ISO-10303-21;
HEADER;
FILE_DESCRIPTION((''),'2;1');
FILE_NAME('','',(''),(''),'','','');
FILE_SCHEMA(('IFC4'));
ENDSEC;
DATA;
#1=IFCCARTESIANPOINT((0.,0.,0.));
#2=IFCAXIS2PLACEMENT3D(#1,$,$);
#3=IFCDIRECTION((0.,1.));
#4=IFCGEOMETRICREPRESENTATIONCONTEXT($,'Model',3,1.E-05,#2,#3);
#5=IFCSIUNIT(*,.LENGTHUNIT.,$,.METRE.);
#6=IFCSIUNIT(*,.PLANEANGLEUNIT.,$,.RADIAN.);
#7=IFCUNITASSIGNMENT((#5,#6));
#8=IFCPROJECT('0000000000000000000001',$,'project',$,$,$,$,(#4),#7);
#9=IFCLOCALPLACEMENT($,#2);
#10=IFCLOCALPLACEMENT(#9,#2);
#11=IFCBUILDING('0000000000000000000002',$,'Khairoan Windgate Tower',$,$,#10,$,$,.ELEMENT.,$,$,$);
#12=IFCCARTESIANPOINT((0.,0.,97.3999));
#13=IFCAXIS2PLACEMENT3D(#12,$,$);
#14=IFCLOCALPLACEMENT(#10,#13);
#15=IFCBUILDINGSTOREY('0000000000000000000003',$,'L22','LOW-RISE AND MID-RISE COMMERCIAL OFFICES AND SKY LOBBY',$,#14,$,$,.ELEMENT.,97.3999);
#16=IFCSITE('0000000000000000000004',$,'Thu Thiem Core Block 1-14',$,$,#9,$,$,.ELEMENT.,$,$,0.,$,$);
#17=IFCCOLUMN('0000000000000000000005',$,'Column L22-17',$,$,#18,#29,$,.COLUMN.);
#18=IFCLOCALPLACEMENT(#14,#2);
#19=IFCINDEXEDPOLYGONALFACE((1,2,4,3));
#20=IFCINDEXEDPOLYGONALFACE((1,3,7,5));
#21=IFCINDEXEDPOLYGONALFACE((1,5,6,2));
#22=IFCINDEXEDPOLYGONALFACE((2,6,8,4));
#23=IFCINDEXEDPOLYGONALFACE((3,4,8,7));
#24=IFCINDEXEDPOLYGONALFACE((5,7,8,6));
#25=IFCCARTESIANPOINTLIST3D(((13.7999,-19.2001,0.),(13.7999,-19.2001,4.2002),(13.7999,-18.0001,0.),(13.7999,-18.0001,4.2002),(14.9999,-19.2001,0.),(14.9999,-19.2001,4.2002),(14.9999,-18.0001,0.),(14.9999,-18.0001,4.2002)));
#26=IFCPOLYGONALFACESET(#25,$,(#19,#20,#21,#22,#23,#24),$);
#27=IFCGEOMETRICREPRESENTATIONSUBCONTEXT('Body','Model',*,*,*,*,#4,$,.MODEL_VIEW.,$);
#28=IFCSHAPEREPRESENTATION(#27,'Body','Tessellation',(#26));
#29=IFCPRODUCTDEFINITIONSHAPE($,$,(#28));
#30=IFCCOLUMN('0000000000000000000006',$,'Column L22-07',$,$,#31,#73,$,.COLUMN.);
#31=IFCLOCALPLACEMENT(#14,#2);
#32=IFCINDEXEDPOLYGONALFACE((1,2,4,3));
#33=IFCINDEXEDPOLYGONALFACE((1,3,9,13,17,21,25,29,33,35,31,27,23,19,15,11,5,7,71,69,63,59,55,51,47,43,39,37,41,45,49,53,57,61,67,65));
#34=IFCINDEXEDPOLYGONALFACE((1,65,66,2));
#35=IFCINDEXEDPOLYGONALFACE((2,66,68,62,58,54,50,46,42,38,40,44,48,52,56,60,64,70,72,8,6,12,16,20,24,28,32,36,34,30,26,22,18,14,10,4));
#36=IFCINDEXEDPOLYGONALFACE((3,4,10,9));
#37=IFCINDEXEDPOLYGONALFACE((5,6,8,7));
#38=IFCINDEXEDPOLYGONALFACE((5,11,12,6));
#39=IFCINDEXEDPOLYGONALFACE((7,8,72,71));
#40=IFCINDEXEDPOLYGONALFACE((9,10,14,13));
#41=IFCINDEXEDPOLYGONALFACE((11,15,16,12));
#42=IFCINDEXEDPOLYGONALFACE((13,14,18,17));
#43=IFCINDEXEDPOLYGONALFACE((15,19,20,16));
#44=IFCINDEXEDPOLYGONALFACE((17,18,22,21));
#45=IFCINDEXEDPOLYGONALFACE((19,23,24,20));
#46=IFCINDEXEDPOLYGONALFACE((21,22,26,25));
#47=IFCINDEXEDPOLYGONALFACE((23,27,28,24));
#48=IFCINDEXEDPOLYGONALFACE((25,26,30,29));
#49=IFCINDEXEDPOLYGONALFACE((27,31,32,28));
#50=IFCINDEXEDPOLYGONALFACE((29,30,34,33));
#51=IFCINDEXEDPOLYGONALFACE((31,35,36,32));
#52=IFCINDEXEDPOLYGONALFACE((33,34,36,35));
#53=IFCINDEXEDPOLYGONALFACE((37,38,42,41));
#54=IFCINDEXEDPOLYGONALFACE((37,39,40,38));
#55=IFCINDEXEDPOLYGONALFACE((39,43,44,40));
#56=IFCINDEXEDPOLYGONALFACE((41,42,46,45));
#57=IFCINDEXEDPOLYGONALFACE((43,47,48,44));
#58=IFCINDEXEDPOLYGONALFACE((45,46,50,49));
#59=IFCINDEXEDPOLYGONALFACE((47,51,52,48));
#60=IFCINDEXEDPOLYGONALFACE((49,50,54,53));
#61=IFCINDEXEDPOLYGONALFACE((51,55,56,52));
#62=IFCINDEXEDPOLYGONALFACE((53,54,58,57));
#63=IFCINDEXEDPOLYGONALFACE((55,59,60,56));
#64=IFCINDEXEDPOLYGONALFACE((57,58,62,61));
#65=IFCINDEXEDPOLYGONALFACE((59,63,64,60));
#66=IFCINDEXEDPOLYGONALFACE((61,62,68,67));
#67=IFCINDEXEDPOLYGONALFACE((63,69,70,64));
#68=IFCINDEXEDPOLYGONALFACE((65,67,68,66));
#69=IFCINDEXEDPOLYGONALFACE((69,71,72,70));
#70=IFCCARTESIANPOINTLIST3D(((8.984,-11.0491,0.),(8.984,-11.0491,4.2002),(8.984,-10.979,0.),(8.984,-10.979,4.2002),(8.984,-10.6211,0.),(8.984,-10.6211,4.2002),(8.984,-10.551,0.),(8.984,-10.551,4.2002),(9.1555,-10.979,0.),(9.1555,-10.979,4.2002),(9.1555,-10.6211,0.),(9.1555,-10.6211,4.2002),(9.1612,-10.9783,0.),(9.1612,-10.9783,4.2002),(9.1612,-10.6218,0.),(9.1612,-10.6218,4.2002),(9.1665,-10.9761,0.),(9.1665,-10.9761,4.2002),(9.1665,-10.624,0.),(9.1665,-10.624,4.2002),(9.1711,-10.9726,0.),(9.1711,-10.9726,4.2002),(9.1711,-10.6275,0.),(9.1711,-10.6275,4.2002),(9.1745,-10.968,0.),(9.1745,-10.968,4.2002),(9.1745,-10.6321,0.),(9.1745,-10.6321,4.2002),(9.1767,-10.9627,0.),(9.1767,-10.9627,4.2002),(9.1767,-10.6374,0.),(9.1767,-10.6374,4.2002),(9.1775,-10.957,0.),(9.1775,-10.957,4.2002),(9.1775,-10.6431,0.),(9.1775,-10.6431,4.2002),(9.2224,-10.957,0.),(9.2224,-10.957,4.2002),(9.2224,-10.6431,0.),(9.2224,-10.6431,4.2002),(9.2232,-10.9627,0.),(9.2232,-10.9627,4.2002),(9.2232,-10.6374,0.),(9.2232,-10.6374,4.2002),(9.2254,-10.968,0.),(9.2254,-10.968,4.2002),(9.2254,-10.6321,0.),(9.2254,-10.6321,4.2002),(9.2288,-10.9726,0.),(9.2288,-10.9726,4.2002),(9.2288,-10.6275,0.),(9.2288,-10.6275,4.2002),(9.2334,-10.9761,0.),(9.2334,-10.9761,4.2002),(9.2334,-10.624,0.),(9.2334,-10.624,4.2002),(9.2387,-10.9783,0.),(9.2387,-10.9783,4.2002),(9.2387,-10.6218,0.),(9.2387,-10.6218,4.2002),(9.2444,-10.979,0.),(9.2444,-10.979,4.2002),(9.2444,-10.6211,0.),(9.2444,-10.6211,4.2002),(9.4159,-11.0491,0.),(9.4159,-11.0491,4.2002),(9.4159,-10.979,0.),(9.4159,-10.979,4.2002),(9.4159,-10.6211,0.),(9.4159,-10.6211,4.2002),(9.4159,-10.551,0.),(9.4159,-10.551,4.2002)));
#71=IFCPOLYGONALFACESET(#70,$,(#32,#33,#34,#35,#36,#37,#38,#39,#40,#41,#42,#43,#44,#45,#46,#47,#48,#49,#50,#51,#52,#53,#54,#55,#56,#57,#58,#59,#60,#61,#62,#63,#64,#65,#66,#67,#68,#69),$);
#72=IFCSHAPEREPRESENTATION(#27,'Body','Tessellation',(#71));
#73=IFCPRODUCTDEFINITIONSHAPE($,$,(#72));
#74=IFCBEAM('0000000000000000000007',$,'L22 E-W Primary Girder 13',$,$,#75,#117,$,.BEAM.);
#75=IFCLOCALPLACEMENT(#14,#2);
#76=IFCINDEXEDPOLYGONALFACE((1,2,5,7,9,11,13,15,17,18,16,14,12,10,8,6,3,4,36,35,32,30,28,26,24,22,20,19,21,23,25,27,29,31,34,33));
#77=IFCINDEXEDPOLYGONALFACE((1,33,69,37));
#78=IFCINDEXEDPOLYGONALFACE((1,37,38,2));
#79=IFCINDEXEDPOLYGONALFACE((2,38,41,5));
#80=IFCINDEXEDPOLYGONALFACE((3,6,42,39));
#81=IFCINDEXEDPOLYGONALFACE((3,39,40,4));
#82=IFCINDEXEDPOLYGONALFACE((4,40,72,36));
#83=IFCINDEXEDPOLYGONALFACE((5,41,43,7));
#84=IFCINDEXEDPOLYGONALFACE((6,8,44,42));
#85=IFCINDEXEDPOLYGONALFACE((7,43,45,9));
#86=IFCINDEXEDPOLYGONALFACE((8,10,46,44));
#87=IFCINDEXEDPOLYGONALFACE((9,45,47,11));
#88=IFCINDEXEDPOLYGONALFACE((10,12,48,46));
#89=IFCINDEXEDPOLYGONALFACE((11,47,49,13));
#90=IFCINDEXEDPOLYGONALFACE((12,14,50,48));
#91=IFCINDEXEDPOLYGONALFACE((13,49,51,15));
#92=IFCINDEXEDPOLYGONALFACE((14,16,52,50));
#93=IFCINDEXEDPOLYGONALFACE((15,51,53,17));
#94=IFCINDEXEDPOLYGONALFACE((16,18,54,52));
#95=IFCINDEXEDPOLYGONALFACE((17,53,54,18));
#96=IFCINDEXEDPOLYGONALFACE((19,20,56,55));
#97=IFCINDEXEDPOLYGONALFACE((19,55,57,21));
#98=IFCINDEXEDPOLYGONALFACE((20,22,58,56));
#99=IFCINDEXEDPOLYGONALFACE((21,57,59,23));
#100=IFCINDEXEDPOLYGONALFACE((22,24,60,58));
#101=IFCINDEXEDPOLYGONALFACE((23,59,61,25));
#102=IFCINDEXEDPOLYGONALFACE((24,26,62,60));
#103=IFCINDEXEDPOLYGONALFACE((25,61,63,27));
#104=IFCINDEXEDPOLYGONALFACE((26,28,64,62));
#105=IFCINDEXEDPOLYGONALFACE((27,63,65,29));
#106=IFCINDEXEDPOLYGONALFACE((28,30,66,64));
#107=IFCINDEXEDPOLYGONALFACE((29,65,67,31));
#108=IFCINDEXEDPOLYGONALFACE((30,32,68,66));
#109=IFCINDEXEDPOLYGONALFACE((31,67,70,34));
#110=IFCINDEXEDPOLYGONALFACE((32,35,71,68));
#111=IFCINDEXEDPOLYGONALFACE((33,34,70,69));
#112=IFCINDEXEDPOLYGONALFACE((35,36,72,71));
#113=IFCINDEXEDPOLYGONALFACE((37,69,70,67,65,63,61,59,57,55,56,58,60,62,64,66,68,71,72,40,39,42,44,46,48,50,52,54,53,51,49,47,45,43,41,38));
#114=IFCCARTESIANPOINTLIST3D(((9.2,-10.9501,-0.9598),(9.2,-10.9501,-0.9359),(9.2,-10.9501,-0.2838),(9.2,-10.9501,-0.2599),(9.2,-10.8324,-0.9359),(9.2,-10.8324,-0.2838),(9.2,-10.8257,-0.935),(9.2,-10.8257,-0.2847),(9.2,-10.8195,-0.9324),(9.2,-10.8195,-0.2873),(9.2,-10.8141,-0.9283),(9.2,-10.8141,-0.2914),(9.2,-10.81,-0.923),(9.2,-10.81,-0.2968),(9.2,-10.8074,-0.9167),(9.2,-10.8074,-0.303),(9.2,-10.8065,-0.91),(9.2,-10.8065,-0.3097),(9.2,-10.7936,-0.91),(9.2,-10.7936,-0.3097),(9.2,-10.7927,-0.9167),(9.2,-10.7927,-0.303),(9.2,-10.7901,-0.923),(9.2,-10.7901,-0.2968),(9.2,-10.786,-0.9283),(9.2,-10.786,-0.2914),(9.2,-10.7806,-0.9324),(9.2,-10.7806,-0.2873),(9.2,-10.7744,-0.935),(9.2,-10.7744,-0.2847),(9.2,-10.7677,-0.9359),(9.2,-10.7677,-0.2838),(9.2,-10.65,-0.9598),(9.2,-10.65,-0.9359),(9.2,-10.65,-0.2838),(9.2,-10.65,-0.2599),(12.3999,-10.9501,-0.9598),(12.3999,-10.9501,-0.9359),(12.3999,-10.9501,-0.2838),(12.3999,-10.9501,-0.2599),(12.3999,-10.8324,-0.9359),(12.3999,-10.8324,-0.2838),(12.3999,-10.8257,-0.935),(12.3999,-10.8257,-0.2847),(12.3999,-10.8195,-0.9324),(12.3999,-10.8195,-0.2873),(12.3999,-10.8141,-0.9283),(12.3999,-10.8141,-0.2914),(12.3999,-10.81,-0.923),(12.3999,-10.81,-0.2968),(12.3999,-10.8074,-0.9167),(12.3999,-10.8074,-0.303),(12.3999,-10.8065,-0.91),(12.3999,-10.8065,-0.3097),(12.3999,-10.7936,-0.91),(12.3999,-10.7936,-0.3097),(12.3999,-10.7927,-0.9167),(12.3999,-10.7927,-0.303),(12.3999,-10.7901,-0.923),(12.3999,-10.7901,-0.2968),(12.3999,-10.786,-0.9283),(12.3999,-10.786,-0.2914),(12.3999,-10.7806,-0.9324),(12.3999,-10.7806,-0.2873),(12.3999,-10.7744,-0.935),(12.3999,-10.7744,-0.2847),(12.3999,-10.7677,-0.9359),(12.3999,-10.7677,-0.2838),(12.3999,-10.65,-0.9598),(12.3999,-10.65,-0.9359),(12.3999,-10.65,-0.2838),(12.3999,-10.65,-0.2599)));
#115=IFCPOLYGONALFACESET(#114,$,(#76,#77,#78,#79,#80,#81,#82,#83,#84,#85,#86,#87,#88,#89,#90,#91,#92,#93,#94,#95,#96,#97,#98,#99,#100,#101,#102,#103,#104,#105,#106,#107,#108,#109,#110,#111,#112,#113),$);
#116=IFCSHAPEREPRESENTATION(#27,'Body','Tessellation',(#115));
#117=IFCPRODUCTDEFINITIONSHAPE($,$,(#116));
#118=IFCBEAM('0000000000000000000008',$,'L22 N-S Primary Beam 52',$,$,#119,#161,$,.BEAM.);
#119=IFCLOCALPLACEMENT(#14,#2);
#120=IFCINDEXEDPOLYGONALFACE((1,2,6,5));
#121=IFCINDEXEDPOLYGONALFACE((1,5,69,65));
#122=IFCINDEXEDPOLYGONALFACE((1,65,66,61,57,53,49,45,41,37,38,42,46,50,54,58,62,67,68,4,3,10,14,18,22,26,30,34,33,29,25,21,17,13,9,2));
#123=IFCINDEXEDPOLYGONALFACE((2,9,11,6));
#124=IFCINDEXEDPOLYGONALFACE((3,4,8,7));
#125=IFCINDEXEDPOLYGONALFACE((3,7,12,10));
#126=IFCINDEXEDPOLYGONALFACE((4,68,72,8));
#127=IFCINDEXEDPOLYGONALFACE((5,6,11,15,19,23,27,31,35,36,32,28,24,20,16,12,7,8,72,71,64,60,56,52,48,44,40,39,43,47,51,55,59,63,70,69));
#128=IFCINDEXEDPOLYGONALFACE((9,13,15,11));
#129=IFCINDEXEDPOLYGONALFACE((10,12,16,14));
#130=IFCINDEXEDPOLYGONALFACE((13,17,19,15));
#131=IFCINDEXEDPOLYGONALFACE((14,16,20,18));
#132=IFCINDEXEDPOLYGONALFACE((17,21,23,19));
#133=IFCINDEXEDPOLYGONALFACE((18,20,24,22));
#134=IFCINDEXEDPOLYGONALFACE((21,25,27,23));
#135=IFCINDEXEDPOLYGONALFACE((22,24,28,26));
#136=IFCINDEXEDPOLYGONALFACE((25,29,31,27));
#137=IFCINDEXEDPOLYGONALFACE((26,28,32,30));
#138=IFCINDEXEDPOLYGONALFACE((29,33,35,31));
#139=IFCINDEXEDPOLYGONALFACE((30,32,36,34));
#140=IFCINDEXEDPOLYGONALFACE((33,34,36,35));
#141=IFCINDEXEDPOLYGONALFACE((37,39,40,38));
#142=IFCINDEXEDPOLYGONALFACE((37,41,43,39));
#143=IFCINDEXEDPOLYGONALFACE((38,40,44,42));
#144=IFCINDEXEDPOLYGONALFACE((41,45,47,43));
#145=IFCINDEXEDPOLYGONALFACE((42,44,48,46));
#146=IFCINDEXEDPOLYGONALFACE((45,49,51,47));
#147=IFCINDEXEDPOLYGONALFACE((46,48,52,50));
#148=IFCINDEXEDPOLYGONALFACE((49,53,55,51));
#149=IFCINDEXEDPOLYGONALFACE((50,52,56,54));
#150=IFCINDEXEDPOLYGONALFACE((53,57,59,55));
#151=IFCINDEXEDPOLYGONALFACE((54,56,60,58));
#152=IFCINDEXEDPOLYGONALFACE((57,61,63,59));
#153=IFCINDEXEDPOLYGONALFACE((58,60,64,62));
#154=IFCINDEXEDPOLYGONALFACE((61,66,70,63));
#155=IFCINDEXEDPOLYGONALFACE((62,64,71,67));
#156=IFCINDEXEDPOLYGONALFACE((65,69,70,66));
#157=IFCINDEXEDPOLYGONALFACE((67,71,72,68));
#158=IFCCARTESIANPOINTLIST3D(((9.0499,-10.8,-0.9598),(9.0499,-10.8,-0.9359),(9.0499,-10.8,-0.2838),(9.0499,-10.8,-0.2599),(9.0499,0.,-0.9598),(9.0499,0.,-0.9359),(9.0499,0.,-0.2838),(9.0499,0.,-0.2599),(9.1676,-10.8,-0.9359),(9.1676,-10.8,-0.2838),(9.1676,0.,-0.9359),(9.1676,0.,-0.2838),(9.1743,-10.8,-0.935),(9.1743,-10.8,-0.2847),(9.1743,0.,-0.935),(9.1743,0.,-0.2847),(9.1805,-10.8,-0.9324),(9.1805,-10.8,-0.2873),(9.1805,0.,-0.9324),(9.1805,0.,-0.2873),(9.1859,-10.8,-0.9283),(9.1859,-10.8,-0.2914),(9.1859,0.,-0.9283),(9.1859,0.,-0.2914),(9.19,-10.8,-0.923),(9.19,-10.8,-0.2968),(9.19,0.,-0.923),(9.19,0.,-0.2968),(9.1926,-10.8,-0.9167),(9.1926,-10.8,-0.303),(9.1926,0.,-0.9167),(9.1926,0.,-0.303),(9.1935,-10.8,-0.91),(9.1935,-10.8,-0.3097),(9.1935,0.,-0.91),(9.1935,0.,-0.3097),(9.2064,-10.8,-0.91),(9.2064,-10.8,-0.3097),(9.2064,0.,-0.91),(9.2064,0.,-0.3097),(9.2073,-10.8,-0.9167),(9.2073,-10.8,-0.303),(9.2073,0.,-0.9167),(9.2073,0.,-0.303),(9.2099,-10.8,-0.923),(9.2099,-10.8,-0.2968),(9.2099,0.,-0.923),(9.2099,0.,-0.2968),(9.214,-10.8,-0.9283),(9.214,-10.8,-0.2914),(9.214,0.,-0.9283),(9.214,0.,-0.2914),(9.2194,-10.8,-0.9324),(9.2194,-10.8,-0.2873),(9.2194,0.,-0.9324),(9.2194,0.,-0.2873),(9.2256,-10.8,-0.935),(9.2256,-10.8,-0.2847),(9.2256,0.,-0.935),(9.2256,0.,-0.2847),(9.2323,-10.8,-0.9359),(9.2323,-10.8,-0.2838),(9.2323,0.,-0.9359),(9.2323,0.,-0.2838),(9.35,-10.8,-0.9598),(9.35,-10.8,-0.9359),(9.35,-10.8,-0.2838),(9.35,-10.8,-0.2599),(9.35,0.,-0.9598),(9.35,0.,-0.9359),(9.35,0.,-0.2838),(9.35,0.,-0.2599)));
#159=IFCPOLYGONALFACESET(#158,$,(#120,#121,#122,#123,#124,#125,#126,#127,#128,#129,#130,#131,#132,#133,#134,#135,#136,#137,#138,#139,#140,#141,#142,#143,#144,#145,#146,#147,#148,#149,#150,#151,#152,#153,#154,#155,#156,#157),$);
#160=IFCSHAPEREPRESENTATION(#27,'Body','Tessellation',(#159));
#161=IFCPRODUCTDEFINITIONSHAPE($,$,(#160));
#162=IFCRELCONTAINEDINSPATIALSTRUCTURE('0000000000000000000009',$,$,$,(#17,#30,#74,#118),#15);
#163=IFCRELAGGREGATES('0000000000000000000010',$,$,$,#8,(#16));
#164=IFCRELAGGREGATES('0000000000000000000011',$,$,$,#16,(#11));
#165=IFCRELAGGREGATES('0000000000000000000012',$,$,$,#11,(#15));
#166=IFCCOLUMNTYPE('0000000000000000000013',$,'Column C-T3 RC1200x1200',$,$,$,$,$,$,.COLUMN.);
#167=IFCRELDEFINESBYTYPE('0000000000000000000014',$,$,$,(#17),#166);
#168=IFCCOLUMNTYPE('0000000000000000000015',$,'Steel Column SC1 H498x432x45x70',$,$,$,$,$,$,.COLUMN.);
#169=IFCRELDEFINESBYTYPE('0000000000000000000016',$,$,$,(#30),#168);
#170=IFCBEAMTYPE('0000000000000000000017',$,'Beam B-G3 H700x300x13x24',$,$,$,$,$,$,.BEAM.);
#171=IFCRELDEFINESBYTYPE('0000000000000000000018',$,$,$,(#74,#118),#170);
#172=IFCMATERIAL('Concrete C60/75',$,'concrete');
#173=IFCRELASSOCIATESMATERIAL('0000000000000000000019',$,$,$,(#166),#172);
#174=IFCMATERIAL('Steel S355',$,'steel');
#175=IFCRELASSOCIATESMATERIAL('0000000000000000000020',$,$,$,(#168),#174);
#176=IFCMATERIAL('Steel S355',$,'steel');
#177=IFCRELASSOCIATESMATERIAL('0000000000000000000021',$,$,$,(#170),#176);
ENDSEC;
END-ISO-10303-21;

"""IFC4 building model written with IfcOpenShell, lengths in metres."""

from ifc_helpers import new_model, si_unit, direction, frame, origin, origin_2d, place, context, subcontext, project, spatial, rectangle, i_section, extrude, material, material_profile, profile_set, type_object, element, save


model = new_model("IFC4")

# Units and contexts
model_context = context("Model", 3, precision=1e-05, world=origin(), true_north=direction((0.0, 1.0)))
body_context = subcontext(model_context, "Body", "Model", "MODEL_VIEW")
ifc_project = project(units=[si_unit("LENGTHUNIT", "METRE"), si_unit("PLANEANGLEUNIT", "RADIAN")], contexts=[model_context])

# Site, building, storey
site_placement = place(None, origin())
site = spatial("IfcSite", under=ifc_project, at=site_placement, Name="Thu Thiem Core Block 1-14", CompositionType="ELEMENT", RefElevation=0.0)
building_placement = place(site_placement, origin())
building = spatial("IfcBuilding", under=site, at=building_placement, Name="Khairoan Windgate Tower", CompositionType="ELEMENT")
storey_placement = place(building_placement, frame((0.0, 0.0, 97.3999)))
storey = spatial("IfcBuildingStorey", under=building, at=storey_placement, Name="L22", Description="LOW-RISE AND MID-RISE COMMERCIAL OFFICES AND SKY LOBBY", CompositionType="ELEMENT", Elevation=97.3999)

# Columns
ifc_material_1 = material(Name="Concrete C60/75", Category="concrete")
ifc_material_profile_1 = material_profile(ifc_material_1, rectangle(XDim=1.2, YDim=1.2, at=origin_2d()))
ifc_profile_set_1 = profile_set([ifc_material_profile_1], Name="Concrete C60/75")
column_type_1 = type_object("IfcColumnType", Name="Column C-T3 RC1200x1200", PredefinedType="COLUMN", material=ifc_profile_set_1)
column_1_placement = place(storey_placement, frame((14.3999, -18.6001, 0.0), z_axis=(0.0, 0.0, 1.0), x_axis=(1.0, 0.0, 0.0)))
element("IfcColumn", 1, at=column_1_placement, inside=storey, type_object=column_type_1, Name="Column L22-17", PredefinedType="COLUMN", context=body_context, shape_type="SweptSolid", body=[
    extrude(rectangle(XDim=1.2, YDim=1.2, at=origin_2d()), origin(), (0.0, 0.0, 1.0), 4.2002),
])
ifc_material_2 = material(Name="Steel S355", Category="steel")
ifc_material_profile_2 = material_profile(ifc_material_2, i_section(OverallWidth=0.4319, OverallDepth=0.498, WebThickness=0.0449, FlangeThickness=0.0701, FilletRadius=0.022, at=origin_2d()))
ifc_profile_set_2 = profile_set([ifc_material_profile_2], Name="Steel S355")
column_type_2 = type_object("IfcColumnType", Name="Steel Column SC1 H498x432x45x70", PredefinedType="COLUMN", material=ifc_profile_set_2)
column_2_placement = place(storey_placement, frame((9.2, -10.8, 0.0), z_axis=(0.0, 0.0, 1.0), x_axis=(1.0, 0.0, 0.0)))
element("IfcColumn", 2, at=column_2_placement, inside=storey, type_object=column_type_2, Name="Column L22-07", PredefinedType="COLUMN", context=body_context, shape_type="SweptSolid", body=[
    extrude(i_section(OverallWidth=0.4319, OverallDepth=0.498, WebThickness=0.0449, FlangeThickness=0.0701, FilletRadius=0.022, at=origin_2d()), origin(), (0.0, 0.0, 1.0), 4.2002),
])

# Beams
ifc_material_3 = material(Name="Steel S355", Category="steel")
ifc_material_profile_3 = material_profile(ifc_material_3, i_section(OverallWidth=0.3, OverallDepth=0.7, WebThickness=0.0129, FlangeThickness=0.0239, FilletRadius=0.0259, at=origin_2d()))
ifc_profile_set_3 = profile_set([ifc_material_profile_3], Name="Steel S355")
beam_type_1 = type_object("IfcBeamType", Name="Beam B-G3 H700x300x13x24", PredefinedType="BEAM", material=ifc_profile_set_3)
beam_1_placement = place(storey_placement, frame((9.2, -10.8, -0.6099), z_axis=(1.0, 0.0, 0.0), x_axis=(0.0, 1.0, 0.0)))
element("IfcBeam", 3, at=beam_1_placement, inside=storey, type_object=beam_type_1, Name="L22 E-W Primary Girder 13", PredefinedType="BEAM", context=body_context, shape_type="SweptSolid", body=[
    extrude(i_section(OverallWidth=0.3, OverallDepth=0.7, WebThickness=0.0129, FlangeThickness=0.0239, FilletRadius=0.0259, at=origin_2d()), origin(), (0.0, 0.0, 1.0), 3.2),
])
beam_2_placement = place(storey_placement, frame((9.2, -10.8, -0.6099), z_axis=(0.0, 1.0, 0.0), x_axis=(-1.0, 0.0, 0.0)))
element("IfcBeam", 4, at=beam_2_placement, inside=storey, type_object=beam_type_1, Name="L22 N-S Primary Beam 52", PredefinedType="BEAM", context=body_context, shape_type="SweptSolid", body=[
    extrude(i_section(OverallWidth=0.3, OverallDepth=0.7, WebThickness=0.0129, FlangeThickness=0.0239, FilletRadius=0.0259, at=origin_2d()), origin(), (0.0, 0.0, 1.0), 10.8),
])

save(model, "model.ifc")
